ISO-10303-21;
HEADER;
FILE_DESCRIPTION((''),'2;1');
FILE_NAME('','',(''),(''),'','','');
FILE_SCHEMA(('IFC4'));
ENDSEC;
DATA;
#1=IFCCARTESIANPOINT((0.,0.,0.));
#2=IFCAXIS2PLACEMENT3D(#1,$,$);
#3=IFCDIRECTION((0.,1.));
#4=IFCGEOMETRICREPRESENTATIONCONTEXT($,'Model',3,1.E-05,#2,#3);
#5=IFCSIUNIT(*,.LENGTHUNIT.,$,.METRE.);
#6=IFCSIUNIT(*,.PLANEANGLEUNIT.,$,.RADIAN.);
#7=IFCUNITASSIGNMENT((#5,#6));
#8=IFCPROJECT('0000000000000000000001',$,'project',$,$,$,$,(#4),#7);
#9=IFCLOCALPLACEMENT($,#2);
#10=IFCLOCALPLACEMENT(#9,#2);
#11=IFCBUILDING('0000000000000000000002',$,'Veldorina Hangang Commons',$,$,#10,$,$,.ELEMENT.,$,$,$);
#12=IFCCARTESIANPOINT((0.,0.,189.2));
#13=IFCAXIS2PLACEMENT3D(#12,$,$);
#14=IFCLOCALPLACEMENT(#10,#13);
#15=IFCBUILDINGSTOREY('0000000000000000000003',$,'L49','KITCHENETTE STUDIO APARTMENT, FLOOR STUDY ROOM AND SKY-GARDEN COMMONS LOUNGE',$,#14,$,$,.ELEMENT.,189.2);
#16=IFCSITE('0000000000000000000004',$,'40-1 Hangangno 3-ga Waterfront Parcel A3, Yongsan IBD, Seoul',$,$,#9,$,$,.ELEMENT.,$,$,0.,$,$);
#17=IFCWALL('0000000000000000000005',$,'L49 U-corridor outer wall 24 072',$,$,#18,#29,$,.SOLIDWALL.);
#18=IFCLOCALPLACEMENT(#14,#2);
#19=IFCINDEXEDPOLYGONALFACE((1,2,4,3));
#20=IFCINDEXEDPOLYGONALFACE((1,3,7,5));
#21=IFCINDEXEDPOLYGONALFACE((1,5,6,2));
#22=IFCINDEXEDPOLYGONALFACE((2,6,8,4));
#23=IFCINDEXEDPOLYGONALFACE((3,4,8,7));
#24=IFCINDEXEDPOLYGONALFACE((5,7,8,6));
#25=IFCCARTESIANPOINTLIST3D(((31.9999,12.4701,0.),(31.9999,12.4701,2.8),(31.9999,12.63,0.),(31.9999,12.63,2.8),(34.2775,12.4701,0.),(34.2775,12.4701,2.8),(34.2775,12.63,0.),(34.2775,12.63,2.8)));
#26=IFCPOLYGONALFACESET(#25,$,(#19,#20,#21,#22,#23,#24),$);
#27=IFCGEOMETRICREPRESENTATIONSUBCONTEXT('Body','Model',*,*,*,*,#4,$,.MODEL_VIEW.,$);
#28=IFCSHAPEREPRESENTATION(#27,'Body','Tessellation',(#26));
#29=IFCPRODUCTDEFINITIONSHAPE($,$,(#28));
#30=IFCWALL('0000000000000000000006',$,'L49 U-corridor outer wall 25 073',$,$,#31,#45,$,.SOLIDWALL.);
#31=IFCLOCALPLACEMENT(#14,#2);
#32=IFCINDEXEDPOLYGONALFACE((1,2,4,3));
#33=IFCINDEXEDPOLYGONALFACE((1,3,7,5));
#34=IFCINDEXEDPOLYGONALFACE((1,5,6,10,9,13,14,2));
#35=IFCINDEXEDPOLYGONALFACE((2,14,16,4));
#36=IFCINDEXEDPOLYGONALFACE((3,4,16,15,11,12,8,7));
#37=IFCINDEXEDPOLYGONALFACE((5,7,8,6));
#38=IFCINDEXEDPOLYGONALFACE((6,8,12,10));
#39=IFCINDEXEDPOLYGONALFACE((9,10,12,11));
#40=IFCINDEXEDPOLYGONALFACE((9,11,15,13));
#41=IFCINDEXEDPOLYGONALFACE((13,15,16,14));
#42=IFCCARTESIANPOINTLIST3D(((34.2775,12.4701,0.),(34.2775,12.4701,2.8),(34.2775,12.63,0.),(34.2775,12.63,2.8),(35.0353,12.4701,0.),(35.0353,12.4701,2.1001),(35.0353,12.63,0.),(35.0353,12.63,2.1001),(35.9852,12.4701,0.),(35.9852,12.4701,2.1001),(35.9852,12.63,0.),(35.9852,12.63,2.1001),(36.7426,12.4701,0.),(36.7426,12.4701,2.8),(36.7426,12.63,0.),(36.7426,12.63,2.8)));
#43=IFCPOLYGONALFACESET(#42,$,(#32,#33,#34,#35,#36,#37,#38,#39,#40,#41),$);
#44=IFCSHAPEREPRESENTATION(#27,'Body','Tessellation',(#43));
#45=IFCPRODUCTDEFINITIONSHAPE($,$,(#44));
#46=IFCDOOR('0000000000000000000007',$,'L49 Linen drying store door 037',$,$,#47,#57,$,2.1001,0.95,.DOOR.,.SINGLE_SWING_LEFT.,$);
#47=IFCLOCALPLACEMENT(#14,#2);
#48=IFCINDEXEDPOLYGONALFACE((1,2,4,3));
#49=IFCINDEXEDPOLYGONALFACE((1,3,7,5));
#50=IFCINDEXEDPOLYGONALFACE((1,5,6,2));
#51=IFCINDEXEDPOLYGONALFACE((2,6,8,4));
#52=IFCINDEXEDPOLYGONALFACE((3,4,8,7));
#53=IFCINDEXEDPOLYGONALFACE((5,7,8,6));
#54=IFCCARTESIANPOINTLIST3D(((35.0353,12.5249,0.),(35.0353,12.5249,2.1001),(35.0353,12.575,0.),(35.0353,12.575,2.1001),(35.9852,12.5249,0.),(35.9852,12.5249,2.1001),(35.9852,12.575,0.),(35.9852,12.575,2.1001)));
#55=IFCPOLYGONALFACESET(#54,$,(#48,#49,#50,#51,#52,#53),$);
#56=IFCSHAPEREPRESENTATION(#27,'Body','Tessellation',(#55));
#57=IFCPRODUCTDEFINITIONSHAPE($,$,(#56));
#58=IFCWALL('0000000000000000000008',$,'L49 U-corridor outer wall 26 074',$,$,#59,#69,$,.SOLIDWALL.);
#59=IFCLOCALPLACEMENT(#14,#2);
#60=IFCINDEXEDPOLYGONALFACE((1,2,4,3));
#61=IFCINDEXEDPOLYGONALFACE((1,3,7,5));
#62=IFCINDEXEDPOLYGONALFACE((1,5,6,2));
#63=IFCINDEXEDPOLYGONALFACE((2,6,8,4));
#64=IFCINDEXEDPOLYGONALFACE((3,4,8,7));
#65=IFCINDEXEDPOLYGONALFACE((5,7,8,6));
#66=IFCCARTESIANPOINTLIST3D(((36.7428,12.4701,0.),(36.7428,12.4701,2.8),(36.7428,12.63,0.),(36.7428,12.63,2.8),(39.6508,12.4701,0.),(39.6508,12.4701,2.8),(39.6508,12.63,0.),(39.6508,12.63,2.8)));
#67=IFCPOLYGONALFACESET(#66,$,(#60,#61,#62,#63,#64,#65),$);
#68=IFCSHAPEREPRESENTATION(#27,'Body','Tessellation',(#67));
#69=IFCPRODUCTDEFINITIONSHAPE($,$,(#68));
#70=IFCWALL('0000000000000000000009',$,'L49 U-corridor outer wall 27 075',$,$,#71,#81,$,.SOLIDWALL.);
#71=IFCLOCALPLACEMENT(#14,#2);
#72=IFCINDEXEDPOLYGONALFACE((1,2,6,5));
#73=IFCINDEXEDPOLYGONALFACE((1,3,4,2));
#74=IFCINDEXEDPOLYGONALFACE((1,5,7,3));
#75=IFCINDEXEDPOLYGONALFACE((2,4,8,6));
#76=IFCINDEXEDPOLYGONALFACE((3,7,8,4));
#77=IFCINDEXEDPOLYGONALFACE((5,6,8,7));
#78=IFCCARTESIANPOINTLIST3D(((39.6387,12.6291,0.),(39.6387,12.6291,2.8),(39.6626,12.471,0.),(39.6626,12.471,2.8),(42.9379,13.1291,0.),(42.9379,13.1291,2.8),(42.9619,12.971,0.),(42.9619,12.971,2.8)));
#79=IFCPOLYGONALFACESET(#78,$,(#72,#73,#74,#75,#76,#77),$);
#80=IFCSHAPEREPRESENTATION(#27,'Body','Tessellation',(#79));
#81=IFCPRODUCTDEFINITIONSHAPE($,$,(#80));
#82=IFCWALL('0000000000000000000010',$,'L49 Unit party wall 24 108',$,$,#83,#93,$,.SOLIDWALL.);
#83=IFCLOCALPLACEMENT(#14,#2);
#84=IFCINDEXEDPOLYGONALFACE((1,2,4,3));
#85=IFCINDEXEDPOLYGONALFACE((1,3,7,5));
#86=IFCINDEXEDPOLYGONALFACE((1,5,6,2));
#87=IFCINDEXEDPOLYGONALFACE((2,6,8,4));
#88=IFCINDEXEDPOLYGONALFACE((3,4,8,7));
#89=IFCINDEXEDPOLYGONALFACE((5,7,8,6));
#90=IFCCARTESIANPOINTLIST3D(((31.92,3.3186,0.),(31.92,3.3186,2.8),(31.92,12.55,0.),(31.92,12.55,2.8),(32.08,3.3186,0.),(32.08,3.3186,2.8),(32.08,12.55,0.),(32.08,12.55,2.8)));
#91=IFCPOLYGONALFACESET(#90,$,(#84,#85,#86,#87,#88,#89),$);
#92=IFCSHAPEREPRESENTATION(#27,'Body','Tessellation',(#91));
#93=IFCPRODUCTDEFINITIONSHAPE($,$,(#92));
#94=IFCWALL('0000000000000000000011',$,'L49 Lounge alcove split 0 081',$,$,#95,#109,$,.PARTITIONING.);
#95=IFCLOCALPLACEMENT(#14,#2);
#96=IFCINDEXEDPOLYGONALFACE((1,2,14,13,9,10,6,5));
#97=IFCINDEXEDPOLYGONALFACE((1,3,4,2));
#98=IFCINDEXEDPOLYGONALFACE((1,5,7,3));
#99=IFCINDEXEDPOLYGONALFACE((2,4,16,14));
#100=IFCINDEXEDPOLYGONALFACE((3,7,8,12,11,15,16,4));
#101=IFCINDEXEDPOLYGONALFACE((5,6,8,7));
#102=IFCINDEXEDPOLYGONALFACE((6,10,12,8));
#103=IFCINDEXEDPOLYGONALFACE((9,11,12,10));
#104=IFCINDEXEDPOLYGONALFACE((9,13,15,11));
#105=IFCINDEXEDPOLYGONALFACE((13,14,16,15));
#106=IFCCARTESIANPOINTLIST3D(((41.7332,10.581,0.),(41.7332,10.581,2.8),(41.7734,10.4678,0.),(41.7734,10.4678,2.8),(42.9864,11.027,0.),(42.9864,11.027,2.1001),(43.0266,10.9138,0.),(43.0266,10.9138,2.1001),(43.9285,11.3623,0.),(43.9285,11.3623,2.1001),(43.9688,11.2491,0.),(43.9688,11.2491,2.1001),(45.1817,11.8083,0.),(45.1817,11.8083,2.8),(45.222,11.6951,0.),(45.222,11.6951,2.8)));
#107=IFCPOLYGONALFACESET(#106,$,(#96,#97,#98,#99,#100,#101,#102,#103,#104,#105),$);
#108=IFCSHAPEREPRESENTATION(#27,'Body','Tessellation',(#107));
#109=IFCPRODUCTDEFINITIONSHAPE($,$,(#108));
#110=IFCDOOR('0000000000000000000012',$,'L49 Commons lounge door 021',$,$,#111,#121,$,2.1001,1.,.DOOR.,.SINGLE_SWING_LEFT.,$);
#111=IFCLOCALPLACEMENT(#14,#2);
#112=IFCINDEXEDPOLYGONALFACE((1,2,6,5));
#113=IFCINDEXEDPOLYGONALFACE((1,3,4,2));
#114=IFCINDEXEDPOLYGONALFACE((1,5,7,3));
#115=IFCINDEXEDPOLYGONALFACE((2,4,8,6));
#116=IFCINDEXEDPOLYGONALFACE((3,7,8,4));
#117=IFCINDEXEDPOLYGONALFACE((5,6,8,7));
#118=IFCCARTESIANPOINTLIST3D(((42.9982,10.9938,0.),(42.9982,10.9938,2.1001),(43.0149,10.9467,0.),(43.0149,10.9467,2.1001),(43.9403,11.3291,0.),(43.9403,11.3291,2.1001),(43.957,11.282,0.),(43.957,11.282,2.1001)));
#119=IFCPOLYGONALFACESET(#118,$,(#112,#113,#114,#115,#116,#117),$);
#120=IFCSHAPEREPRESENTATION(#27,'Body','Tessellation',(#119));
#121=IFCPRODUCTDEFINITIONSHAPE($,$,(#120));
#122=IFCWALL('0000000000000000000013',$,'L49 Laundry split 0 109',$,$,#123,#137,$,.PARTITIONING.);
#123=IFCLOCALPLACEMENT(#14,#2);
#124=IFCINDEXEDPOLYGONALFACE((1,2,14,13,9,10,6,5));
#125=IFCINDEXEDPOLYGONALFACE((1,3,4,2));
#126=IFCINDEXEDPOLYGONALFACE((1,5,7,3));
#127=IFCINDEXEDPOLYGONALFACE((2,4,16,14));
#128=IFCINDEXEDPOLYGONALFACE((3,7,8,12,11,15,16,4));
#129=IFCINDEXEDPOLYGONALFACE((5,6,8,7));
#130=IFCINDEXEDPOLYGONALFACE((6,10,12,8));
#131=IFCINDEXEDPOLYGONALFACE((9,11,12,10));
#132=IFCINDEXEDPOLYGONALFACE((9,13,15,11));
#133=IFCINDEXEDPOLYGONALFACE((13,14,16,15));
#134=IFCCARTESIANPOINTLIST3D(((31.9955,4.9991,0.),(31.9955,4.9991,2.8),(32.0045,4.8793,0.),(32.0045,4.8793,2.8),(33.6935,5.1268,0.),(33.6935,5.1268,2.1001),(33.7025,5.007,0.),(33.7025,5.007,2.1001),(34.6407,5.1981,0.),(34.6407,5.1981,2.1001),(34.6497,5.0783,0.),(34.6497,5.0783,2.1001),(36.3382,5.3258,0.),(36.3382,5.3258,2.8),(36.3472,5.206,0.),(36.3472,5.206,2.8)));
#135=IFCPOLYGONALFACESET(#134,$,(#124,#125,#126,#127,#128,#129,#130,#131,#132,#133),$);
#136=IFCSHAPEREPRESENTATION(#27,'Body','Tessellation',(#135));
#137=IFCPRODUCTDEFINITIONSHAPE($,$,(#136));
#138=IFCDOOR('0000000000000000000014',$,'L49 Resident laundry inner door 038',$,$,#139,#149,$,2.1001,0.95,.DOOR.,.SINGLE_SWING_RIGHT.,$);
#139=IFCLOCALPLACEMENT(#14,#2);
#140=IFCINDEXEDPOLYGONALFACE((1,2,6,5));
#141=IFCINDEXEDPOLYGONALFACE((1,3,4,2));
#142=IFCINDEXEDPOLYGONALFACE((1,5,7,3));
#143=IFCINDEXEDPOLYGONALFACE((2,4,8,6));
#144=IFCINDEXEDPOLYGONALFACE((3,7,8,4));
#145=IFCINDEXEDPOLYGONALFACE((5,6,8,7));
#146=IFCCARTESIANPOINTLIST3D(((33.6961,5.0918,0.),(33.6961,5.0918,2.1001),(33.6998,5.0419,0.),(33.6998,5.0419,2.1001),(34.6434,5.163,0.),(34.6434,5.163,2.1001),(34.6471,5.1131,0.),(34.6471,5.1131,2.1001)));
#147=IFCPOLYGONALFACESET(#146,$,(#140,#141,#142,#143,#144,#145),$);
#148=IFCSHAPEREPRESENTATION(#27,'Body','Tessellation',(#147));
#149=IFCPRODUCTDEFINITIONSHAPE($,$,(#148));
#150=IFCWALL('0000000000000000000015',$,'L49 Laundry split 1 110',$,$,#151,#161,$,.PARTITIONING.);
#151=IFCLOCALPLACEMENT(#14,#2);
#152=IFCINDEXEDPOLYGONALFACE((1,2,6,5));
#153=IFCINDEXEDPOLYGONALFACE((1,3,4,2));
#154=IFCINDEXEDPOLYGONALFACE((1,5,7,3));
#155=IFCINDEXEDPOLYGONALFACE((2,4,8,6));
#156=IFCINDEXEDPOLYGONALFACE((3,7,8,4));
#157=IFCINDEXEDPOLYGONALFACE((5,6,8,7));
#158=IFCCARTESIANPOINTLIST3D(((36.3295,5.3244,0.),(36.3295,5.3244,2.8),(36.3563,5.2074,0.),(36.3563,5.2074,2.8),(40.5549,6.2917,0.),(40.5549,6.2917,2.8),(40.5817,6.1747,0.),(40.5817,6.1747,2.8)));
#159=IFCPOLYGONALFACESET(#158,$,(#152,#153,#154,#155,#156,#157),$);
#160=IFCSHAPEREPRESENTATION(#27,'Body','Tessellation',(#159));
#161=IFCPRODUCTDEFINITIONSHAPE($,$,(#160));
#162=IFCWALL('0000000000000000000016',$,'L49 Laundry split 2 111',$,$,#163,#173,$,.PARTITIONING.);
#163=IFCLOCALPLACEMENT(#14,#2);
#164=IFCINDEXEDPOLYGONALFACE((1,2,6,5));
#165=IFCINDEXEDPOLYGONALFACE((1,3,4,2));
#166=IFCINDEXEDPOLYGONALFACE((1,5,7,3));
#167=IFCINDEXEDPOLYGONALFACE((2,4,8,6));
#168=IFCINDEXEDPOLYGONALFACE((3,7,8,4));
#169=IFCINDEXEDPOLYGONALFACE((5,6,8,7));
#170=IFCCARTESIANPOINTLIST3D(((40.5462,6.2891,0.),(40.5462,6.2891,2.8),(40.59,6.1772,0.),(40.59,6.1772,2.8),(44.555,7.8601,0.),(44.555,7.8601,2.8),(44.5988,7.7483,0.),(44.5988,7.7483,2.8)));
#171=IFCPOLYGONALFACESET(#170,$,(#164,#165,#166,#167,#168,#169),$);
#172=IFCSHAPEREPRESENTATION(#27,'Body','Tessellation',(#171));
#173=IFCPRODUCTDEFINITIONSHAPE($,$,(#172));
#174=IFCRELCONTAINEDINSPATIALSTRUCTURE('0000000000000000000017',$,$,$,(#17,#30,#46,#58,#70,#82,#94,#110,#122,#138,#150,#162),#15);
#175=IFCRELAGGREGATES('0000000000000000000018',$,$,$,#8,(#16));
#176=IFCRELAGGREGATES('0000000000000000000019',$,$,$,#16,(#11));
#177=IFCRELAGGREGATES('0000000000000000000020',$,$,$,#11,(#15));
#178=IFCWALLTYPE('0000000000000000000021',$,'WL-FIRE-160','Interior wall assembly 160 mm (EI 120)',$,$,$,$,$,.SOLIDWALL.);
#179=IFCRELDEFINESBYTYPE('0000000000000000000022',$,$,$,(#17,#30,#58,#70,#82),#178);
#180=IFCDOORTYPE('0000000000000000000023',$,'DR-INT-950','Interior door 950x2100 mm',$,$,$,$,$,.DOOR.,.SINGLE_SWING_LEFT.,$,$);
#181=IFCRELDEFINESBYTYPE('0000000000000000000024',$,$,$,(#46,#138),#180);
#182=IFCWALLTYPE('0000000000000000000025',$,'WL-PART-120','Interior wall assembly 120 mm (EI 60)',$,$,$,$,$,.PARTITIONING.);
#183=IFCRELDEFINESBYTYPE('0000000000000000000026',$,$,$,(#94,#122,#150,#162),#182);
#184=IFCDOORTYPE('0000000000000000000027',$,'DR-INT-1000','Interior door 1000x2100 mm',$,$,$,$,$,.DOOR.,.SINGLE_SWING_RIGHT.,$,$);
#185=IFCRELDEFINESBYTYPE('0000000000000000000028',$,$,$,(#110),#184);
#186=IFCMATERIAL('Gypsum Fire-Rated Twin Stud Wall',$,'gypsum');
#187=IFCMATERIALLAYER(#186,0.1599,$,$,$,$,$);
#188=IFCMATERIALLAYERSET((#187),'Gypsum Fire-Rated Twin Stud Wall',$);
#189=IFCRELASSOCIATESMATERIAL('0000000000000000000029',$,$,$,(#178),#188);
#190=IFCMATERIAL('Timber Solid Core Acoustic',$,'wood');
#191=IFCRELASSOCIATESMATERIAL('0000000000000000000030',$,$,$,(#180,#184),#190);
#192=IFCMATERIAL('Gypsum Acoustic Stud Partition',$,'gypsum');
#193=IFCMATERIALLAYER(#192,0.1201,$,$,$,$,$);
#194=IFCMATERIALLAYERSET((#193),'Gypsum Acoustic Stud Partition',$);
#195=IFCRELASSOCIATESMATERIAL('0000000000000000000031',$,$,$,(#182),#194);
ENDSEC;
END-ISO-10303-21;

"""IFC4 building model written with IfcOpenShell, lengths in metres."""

from ifc_helpers import new_model, si_unit, direction, frame, frame_2d, origin, place, context, subcontext, project, spatial, rectangle, extrude, material, layer, layer_set, type_object, element, fill, save


model = new_model("IFC4")

# Units and contexts
model_context = context("Model", 3, precision=1e-05, world=origin(), true_north=direction((0.0, 1.0)))
body_context = subcontext(model_context, "Body", "Model", "MODEL_VIEW")
ifc_project = project(units=[si_unit("LENGTHUNIT", "METRE"), si_unit("PLANEANGLEUNIT", "RADIAN")], contexts=[model_context])

# Site, building, storey
site_placement = place(None, origin())
site = spatial("IfcSite", under=ifc_project, at=site_placement, Name="40-1 Hangangno 3-ga Waterfront Parcel A3, Yongsan IBD, Seoul", CompositionType="ELEMENT", RefElevation=0.0)
building_placement = place(site_placement, origin())
building = spatial("IfcBuilding", under=site, at=building_placement, Name="Veldorina Hangang Commons", CompositionType="ELEMENT")
storey_placement = place(building_placement, frame((0.0, 0.0, 189.2)))
storey = spatial("IfcBuildingStorey", under=building, at=storey_placement, Name="L49", Description="KITCHENETTE STUDIO APARTMENT, FLOOR STUDY ROOM AND SKY-GARDEN COMMONS LOUNGE", CompositionType="ELEMENT", Elevation=189.2)

# Wall
ifc_material_1 = material(Name="Gypsum Fire-Rated Twin Stud Wall", Category="gypsum")
ifc_layer_1 = layer(ifc_material_1, 0.1599)
ifc_layer_set_1 = layer_set([ifc_layer_1], Name="Gypsum Fire-Rated Twin Stud Wall")
wall_type_1 = type_object("IfcWallType", Name="WL-FIRE-160", Description="Interior wall assembly 160 mm (EI 120)", PredefinedType="SOLIDWALL", material=ifc_layer_set_1)
wall_1_placement = place(storey_placement, frame((32.0, 12.55, 0.0), z_axis=(0.0, 0.0, 1.0), x_axis=(1.0, 0.0, 0.0)))
element("IfcWall", 1, at=wall_1_placement, inside=storey, type_object=wall_type_1, Name="L49 U-corridor outer wall 24 072", PredefinedType="SOLIDWALL", context=body_context, shape_type="SweptSolid", body=[
    extrude(rectangle(XDim=2.2776, YDim=0.1599, at=frame_2d((1.1387, 0.0))), origin(), (0.0, 0.0, 1.0), 2.8),
])

# Wall, opening, door
wall_2_placement = place(storey_placement, frame((34.2776, 12.55, 0.0), z_axis=(0.0, 0.0, 1.0), x_axis=(1.0, 0.0, 0.0)))
wall_2 = element("IfcWall", 2, at=wall_2_placement, inside=storey, type_object=wall_type_1, Name="L49 U-corridor outer wall 25 073", PredefinedType="SOLIDWALL", context=body_context, shape_type="SweptSolid", body=[
    extrude(rectangle(XDim=2.4651, YDim=0.1599, at=frame_2d((1.2324, 0.0))), origin(), (0.0, 0.0, 1.0), 2.8),
])
opening_1_placement = place(wall_2_placement, frame((0.7576, 0.0, 0.0)))
opening_1 = element("IfcOpeningElement", 3, at=opening_1_placement, cuts=wall_2, PredefinedType="OPENING", context=body_context, shape_type="SweptSolid", body=[
    extrude(rectangle(XDim=0.95, YDim=2.1001, at=frame_2d((0.4751, 1.05))), frame((0.0, 0.0898, 0.0), z_axis=(0.0, -1.0, 0.0), x_axis=(1.0, 0.0, 0.0)), (0.0, 0.0, 1.0), 0.1799),
])
ifc_material_2 = material(Name="Timber Solid Core Acoustic", Category="wood")
door_type_1 = type_object("IfcDoorType", Name="DR-INT-950", Description="Interior door 950x2100 mm", OperationType="SINGLE_SWING_LEFT", PredefinedType="DOOR", material=ifc_material_2)
door_1_placement = place(opening_1_placement, origin())
door_1 = element("IfcDoor", 4, at=door_1_placement, inside=storey, type_object=door_type_1, Name="L49 Linen drying store door 037", OperationType="SINGLE_SWING_LEFT", OverallHeight=2.1001, OverallWidth=0.95, PredefinedType="DOOR", context=body_context, shape_type="SweptSolid", body=[
    extrude(rectangle(XDim=0.95, YDim=2.1001, at=frame_2d((0.4751, 1.05))), frame((0.0, 0.0249, 0.0), z_axis=(0.0, -1.0, 0.0), x_axis=(1.0, 0.0, 0.0)), (0.0, 0.0, 1.0), 0.05),
])
fill(opening_1, door_1)

# Walls
wall_3_placement = place(storey_placement, frame((36.7427, 12.55, 0.0), z_axis=(0.0, 0.0, 1.0), x_axis=(1.0, 0.0, 0.0)))
element("IfcWall", 5, at=wall_3_placement, inside=storey, type_object=wall_type_1, Name="L49 U-corridor outer wall 26 074", PredefinedType="SOLIDWALL", context=body_context, shape_type="SweptSolid", body=[
    extrude(rectangle(XDim=2.908, YDim=0.1599, at=frame_2d((1.4541, 0.0))), origin(), (0.0, 0.0, 1.0), 2.8),
])
wall_4_placement = place(storey_placement, frame((39.6506, 12.55, 0.0), z_axis=(0.0, 0.0, 1.0), x_axis=(0.988711, 0.149836, 0.0)))
element("IfcWall", 6, at=wall_4_placement, inside=storey, type_object=wall_type_1, Name="L49 U-corridor outer wall 27 075", PredefinedType="SOLIDWALL", context=body_context, shape_type="SweptSolid", body=[
    extrude(rectangle(XDim=3.3369, YDim=0.1599, at=frame_2d((1.6685, 0.0))), origin(), (0.0, 0.0, 1.0), 2.8),
])
wall_5_placement = place(storey_placement, frame((32.0, 12.55, 0.0), z_axis=(0.0, 0.0, 1.0), x_axis=(0.0, -1.0, 0.0)))
element("IfcWall", 7, at=wall_5_placement, inside=storey, type_object=wall_type_1, Name="L49 Unit party wall 24 108", PredefinedType="SOLIDWALL", context=body_context, shape_type="SweptSolid", body=[
    extrude(rectangle(XDim=9.2314, YDim=0.1599, at=frame_2d((4.6157, 0.0))), origin(), (0.0, 0.0, 1.0), 2.8),
])

# Walls, openings, doors
ifc_material_3 = material(Name="Gypsum Acoustic Stud Partition", Category="gypsum")
ifc_layer_2 = layer(ifc_material_3, 0.1201)
ifc_layer_set_2 = layer_set([ifc_layer_2], Name="Gypsum Acoustic Stud Partition")
wall_type_2 = type_object("IfcWallType", Name="WL-PART-120", Description="Interior wall assembly 120 mm (EI 60)", PredefinedType="PARTITIONING", material=ifc_layer_set_2)
wall_6_placement = place(storey_placement, frame((41.7534, 10.5244, 0.0), z_axis=(0.0, 0.0, 1.0), x_axis=(0.942114, 0.335293, 0.0)))
wall_6 = element("IfcWall", 8, at=wall_6_placement, inside=storey, type_object=wall_type_2, Name="L49 Lounge alcove split 0 081", PredefinedType="PARTITIONING", context=body_context, shape_type="SweptSolid", body=[
    extrude(rectangle(XDim=3.6604, YDim=0.1201, at=frame_2d((1.8301, 0.0))), origin(), (0.0, 0.0, 1.0), 2.8),
])
opening_2_placement = place(wall_6_placement, frame((1.3301, 0.0, 0.0)))
opening_2 = element("IfcOpeningElement", 9, at=opening_2_placement, cuts=wall_6, PredefinedType="OPENING", context=body_context, shape_type="SweptSolid", body=[
    extrude(rectangle(XDim=1.0, YDim=2.1001, at=frame_2d((0.5, 1.05))), frame((0.0, 0.0701, 0.0), z_axis=(0.0, -1.0, 0.0), x_axis=(1.0, 0.0, 0.0)), (0.0, 0.0, 1.0), 0.1401),
])
door_type_2 = type_object("IfcDoorType", Name="DR-INT-1000", Description="Interior door 1000x2100 mm", OperationType="SINGLE_SWING_RIGHT", PredefinedType="DOOR", material=ifc_material_2)
door_2_placement = place(opening_2_placement, origin())
door_2 = element("IfcDoor", 10, at=door_2_placement, inside=storey, type_object=door_type_2, Name="L49 Commons lounge door 021", OperationType="SINGLE_SWING_LEFT", OverallHeight=2.1001, OverallWidth=1.0, PredefinedType="DOOR", context=body_context, shape_type="SweptSolid", body=[
    extrude(rectangle(XDim=1.0, YDim=2.1001, at=frame_2d((0.5, 1.05))), frame((0.0, 0.0249, 0.0), z_axis=(0.0, -1.0, 0.0), x_axis=(1.0, 0.0, 0.0)), (0.0, 0.0, 1.0), 0.05),
])
fill(opening_2, door_2)
wall_7_placement = place(storey_placement, frame((32.0, 4.9392, 0.0), z_axis=(0.0, 0.0, 1.0), x_axis=(0.997183, 0.075007, 0.0)))
wall_7 = element("IfcWall", 11, at=wall_7_placement, inside=storey, type_object=wall_type_2, Name="L49 Laundry split 0 109", PredefinedType="PARTITIONING", context=body_context, shape_type="SweptSolid", body=[
    extrude(rectangle(XDim=4.355, YDim=0.1201, at=frame_2d((2.1775, 0.0))), origin(), (0.0, 0.0, 1.0), 2.8),
])
opening_3_placement = place(wall_7_placement, frame((1.7026, 0.0, 0.0)))
opening_3 = element("IfcOpeningElement", 12, at=opening_3_placement, cuts=wall_7, PredefinedType="OPENING", context=body_context, shape_type="SweptSolid", body=[
    extrude(rectangle(XDim=0.95, YDim=2.1001, at=frame_2d((0.4751, 1.05))), frame((0.0, 0.0701, 0.0), z_axis=(0.0, -1.0, 0.0), x_axis=(1.0, 0.0, 0.0)), (0.0, 0.0, 1.0), 0.1401),
])
door_3_placement = place(opening_3_placement, origin())
door_3 = element("IfcDoor", 13, at=door_3_placement, inside=storey, type_object=door_type_1, Name="L49 Resident laundry inner door 038", OperationType="SINGLE_SWING_RIGHT", OverallHeight=2.1001, OverallWidth=0.95, PredefinedType="DOOR", context=body_context, shape_type="SweptSolid", body=[
    extrude(rectangle(XDim=0.95, YDim=2.1001, at=frame_2d((0.4751, 1.05))), frame((0.0, 0.0249, 0.0), z_axis=(0.0, -1.0, 0.0), x_axis=(1.0, 0.0, 0.0)), (0.0, 0.0, 1.0), 0.05),
])
fill(opening_3, door_3)

# Walls
wall_8_placement = place(storey_placement, frame((36.3428, 5.2659, 0.0), z_axis=(0.0, 0.0, 1.0), x_axis=(0.974784, 0.223152, 0.0)))
element("IfcWall", 14, at=wall_8_placement, inside=storey, type_object=wall_type_2, Name="L49 Laundry split 1 110", PredefinedType="PARTITIONING", context=body_context, shape_type="SweptSolid", body=[
    extrude(rectangle(XDim=4.3347, YDim=0.1201, at=frame_2d((2.1675, 0.0))), origin(), (0.0, 0.0, 1.0), 2.8),
])
wall_9_placement = place(storey_placement, frame((40.5681, 6.2332, 0.0), z_axis=(0.0, 0.0, 1.0), x_axis=(0.931054, 0.36488, 0.0)))
element("IfcWall", 15, at=wall_9_placement, inside=storey, type_object=wall_type_2, Name="L49 Laundry split 2 111", PredefinedType="PARTITIONING", context=body_context, shape_type="SweptSolid", body=[
    extrude(rectangle(XDim=4.3057, YDim=0.1201, at=frame_2d((2.1528, 0.0))), origin(), (0.0, 0.0, 1.0), 2.8),
])

save(model, "model.ifc")
